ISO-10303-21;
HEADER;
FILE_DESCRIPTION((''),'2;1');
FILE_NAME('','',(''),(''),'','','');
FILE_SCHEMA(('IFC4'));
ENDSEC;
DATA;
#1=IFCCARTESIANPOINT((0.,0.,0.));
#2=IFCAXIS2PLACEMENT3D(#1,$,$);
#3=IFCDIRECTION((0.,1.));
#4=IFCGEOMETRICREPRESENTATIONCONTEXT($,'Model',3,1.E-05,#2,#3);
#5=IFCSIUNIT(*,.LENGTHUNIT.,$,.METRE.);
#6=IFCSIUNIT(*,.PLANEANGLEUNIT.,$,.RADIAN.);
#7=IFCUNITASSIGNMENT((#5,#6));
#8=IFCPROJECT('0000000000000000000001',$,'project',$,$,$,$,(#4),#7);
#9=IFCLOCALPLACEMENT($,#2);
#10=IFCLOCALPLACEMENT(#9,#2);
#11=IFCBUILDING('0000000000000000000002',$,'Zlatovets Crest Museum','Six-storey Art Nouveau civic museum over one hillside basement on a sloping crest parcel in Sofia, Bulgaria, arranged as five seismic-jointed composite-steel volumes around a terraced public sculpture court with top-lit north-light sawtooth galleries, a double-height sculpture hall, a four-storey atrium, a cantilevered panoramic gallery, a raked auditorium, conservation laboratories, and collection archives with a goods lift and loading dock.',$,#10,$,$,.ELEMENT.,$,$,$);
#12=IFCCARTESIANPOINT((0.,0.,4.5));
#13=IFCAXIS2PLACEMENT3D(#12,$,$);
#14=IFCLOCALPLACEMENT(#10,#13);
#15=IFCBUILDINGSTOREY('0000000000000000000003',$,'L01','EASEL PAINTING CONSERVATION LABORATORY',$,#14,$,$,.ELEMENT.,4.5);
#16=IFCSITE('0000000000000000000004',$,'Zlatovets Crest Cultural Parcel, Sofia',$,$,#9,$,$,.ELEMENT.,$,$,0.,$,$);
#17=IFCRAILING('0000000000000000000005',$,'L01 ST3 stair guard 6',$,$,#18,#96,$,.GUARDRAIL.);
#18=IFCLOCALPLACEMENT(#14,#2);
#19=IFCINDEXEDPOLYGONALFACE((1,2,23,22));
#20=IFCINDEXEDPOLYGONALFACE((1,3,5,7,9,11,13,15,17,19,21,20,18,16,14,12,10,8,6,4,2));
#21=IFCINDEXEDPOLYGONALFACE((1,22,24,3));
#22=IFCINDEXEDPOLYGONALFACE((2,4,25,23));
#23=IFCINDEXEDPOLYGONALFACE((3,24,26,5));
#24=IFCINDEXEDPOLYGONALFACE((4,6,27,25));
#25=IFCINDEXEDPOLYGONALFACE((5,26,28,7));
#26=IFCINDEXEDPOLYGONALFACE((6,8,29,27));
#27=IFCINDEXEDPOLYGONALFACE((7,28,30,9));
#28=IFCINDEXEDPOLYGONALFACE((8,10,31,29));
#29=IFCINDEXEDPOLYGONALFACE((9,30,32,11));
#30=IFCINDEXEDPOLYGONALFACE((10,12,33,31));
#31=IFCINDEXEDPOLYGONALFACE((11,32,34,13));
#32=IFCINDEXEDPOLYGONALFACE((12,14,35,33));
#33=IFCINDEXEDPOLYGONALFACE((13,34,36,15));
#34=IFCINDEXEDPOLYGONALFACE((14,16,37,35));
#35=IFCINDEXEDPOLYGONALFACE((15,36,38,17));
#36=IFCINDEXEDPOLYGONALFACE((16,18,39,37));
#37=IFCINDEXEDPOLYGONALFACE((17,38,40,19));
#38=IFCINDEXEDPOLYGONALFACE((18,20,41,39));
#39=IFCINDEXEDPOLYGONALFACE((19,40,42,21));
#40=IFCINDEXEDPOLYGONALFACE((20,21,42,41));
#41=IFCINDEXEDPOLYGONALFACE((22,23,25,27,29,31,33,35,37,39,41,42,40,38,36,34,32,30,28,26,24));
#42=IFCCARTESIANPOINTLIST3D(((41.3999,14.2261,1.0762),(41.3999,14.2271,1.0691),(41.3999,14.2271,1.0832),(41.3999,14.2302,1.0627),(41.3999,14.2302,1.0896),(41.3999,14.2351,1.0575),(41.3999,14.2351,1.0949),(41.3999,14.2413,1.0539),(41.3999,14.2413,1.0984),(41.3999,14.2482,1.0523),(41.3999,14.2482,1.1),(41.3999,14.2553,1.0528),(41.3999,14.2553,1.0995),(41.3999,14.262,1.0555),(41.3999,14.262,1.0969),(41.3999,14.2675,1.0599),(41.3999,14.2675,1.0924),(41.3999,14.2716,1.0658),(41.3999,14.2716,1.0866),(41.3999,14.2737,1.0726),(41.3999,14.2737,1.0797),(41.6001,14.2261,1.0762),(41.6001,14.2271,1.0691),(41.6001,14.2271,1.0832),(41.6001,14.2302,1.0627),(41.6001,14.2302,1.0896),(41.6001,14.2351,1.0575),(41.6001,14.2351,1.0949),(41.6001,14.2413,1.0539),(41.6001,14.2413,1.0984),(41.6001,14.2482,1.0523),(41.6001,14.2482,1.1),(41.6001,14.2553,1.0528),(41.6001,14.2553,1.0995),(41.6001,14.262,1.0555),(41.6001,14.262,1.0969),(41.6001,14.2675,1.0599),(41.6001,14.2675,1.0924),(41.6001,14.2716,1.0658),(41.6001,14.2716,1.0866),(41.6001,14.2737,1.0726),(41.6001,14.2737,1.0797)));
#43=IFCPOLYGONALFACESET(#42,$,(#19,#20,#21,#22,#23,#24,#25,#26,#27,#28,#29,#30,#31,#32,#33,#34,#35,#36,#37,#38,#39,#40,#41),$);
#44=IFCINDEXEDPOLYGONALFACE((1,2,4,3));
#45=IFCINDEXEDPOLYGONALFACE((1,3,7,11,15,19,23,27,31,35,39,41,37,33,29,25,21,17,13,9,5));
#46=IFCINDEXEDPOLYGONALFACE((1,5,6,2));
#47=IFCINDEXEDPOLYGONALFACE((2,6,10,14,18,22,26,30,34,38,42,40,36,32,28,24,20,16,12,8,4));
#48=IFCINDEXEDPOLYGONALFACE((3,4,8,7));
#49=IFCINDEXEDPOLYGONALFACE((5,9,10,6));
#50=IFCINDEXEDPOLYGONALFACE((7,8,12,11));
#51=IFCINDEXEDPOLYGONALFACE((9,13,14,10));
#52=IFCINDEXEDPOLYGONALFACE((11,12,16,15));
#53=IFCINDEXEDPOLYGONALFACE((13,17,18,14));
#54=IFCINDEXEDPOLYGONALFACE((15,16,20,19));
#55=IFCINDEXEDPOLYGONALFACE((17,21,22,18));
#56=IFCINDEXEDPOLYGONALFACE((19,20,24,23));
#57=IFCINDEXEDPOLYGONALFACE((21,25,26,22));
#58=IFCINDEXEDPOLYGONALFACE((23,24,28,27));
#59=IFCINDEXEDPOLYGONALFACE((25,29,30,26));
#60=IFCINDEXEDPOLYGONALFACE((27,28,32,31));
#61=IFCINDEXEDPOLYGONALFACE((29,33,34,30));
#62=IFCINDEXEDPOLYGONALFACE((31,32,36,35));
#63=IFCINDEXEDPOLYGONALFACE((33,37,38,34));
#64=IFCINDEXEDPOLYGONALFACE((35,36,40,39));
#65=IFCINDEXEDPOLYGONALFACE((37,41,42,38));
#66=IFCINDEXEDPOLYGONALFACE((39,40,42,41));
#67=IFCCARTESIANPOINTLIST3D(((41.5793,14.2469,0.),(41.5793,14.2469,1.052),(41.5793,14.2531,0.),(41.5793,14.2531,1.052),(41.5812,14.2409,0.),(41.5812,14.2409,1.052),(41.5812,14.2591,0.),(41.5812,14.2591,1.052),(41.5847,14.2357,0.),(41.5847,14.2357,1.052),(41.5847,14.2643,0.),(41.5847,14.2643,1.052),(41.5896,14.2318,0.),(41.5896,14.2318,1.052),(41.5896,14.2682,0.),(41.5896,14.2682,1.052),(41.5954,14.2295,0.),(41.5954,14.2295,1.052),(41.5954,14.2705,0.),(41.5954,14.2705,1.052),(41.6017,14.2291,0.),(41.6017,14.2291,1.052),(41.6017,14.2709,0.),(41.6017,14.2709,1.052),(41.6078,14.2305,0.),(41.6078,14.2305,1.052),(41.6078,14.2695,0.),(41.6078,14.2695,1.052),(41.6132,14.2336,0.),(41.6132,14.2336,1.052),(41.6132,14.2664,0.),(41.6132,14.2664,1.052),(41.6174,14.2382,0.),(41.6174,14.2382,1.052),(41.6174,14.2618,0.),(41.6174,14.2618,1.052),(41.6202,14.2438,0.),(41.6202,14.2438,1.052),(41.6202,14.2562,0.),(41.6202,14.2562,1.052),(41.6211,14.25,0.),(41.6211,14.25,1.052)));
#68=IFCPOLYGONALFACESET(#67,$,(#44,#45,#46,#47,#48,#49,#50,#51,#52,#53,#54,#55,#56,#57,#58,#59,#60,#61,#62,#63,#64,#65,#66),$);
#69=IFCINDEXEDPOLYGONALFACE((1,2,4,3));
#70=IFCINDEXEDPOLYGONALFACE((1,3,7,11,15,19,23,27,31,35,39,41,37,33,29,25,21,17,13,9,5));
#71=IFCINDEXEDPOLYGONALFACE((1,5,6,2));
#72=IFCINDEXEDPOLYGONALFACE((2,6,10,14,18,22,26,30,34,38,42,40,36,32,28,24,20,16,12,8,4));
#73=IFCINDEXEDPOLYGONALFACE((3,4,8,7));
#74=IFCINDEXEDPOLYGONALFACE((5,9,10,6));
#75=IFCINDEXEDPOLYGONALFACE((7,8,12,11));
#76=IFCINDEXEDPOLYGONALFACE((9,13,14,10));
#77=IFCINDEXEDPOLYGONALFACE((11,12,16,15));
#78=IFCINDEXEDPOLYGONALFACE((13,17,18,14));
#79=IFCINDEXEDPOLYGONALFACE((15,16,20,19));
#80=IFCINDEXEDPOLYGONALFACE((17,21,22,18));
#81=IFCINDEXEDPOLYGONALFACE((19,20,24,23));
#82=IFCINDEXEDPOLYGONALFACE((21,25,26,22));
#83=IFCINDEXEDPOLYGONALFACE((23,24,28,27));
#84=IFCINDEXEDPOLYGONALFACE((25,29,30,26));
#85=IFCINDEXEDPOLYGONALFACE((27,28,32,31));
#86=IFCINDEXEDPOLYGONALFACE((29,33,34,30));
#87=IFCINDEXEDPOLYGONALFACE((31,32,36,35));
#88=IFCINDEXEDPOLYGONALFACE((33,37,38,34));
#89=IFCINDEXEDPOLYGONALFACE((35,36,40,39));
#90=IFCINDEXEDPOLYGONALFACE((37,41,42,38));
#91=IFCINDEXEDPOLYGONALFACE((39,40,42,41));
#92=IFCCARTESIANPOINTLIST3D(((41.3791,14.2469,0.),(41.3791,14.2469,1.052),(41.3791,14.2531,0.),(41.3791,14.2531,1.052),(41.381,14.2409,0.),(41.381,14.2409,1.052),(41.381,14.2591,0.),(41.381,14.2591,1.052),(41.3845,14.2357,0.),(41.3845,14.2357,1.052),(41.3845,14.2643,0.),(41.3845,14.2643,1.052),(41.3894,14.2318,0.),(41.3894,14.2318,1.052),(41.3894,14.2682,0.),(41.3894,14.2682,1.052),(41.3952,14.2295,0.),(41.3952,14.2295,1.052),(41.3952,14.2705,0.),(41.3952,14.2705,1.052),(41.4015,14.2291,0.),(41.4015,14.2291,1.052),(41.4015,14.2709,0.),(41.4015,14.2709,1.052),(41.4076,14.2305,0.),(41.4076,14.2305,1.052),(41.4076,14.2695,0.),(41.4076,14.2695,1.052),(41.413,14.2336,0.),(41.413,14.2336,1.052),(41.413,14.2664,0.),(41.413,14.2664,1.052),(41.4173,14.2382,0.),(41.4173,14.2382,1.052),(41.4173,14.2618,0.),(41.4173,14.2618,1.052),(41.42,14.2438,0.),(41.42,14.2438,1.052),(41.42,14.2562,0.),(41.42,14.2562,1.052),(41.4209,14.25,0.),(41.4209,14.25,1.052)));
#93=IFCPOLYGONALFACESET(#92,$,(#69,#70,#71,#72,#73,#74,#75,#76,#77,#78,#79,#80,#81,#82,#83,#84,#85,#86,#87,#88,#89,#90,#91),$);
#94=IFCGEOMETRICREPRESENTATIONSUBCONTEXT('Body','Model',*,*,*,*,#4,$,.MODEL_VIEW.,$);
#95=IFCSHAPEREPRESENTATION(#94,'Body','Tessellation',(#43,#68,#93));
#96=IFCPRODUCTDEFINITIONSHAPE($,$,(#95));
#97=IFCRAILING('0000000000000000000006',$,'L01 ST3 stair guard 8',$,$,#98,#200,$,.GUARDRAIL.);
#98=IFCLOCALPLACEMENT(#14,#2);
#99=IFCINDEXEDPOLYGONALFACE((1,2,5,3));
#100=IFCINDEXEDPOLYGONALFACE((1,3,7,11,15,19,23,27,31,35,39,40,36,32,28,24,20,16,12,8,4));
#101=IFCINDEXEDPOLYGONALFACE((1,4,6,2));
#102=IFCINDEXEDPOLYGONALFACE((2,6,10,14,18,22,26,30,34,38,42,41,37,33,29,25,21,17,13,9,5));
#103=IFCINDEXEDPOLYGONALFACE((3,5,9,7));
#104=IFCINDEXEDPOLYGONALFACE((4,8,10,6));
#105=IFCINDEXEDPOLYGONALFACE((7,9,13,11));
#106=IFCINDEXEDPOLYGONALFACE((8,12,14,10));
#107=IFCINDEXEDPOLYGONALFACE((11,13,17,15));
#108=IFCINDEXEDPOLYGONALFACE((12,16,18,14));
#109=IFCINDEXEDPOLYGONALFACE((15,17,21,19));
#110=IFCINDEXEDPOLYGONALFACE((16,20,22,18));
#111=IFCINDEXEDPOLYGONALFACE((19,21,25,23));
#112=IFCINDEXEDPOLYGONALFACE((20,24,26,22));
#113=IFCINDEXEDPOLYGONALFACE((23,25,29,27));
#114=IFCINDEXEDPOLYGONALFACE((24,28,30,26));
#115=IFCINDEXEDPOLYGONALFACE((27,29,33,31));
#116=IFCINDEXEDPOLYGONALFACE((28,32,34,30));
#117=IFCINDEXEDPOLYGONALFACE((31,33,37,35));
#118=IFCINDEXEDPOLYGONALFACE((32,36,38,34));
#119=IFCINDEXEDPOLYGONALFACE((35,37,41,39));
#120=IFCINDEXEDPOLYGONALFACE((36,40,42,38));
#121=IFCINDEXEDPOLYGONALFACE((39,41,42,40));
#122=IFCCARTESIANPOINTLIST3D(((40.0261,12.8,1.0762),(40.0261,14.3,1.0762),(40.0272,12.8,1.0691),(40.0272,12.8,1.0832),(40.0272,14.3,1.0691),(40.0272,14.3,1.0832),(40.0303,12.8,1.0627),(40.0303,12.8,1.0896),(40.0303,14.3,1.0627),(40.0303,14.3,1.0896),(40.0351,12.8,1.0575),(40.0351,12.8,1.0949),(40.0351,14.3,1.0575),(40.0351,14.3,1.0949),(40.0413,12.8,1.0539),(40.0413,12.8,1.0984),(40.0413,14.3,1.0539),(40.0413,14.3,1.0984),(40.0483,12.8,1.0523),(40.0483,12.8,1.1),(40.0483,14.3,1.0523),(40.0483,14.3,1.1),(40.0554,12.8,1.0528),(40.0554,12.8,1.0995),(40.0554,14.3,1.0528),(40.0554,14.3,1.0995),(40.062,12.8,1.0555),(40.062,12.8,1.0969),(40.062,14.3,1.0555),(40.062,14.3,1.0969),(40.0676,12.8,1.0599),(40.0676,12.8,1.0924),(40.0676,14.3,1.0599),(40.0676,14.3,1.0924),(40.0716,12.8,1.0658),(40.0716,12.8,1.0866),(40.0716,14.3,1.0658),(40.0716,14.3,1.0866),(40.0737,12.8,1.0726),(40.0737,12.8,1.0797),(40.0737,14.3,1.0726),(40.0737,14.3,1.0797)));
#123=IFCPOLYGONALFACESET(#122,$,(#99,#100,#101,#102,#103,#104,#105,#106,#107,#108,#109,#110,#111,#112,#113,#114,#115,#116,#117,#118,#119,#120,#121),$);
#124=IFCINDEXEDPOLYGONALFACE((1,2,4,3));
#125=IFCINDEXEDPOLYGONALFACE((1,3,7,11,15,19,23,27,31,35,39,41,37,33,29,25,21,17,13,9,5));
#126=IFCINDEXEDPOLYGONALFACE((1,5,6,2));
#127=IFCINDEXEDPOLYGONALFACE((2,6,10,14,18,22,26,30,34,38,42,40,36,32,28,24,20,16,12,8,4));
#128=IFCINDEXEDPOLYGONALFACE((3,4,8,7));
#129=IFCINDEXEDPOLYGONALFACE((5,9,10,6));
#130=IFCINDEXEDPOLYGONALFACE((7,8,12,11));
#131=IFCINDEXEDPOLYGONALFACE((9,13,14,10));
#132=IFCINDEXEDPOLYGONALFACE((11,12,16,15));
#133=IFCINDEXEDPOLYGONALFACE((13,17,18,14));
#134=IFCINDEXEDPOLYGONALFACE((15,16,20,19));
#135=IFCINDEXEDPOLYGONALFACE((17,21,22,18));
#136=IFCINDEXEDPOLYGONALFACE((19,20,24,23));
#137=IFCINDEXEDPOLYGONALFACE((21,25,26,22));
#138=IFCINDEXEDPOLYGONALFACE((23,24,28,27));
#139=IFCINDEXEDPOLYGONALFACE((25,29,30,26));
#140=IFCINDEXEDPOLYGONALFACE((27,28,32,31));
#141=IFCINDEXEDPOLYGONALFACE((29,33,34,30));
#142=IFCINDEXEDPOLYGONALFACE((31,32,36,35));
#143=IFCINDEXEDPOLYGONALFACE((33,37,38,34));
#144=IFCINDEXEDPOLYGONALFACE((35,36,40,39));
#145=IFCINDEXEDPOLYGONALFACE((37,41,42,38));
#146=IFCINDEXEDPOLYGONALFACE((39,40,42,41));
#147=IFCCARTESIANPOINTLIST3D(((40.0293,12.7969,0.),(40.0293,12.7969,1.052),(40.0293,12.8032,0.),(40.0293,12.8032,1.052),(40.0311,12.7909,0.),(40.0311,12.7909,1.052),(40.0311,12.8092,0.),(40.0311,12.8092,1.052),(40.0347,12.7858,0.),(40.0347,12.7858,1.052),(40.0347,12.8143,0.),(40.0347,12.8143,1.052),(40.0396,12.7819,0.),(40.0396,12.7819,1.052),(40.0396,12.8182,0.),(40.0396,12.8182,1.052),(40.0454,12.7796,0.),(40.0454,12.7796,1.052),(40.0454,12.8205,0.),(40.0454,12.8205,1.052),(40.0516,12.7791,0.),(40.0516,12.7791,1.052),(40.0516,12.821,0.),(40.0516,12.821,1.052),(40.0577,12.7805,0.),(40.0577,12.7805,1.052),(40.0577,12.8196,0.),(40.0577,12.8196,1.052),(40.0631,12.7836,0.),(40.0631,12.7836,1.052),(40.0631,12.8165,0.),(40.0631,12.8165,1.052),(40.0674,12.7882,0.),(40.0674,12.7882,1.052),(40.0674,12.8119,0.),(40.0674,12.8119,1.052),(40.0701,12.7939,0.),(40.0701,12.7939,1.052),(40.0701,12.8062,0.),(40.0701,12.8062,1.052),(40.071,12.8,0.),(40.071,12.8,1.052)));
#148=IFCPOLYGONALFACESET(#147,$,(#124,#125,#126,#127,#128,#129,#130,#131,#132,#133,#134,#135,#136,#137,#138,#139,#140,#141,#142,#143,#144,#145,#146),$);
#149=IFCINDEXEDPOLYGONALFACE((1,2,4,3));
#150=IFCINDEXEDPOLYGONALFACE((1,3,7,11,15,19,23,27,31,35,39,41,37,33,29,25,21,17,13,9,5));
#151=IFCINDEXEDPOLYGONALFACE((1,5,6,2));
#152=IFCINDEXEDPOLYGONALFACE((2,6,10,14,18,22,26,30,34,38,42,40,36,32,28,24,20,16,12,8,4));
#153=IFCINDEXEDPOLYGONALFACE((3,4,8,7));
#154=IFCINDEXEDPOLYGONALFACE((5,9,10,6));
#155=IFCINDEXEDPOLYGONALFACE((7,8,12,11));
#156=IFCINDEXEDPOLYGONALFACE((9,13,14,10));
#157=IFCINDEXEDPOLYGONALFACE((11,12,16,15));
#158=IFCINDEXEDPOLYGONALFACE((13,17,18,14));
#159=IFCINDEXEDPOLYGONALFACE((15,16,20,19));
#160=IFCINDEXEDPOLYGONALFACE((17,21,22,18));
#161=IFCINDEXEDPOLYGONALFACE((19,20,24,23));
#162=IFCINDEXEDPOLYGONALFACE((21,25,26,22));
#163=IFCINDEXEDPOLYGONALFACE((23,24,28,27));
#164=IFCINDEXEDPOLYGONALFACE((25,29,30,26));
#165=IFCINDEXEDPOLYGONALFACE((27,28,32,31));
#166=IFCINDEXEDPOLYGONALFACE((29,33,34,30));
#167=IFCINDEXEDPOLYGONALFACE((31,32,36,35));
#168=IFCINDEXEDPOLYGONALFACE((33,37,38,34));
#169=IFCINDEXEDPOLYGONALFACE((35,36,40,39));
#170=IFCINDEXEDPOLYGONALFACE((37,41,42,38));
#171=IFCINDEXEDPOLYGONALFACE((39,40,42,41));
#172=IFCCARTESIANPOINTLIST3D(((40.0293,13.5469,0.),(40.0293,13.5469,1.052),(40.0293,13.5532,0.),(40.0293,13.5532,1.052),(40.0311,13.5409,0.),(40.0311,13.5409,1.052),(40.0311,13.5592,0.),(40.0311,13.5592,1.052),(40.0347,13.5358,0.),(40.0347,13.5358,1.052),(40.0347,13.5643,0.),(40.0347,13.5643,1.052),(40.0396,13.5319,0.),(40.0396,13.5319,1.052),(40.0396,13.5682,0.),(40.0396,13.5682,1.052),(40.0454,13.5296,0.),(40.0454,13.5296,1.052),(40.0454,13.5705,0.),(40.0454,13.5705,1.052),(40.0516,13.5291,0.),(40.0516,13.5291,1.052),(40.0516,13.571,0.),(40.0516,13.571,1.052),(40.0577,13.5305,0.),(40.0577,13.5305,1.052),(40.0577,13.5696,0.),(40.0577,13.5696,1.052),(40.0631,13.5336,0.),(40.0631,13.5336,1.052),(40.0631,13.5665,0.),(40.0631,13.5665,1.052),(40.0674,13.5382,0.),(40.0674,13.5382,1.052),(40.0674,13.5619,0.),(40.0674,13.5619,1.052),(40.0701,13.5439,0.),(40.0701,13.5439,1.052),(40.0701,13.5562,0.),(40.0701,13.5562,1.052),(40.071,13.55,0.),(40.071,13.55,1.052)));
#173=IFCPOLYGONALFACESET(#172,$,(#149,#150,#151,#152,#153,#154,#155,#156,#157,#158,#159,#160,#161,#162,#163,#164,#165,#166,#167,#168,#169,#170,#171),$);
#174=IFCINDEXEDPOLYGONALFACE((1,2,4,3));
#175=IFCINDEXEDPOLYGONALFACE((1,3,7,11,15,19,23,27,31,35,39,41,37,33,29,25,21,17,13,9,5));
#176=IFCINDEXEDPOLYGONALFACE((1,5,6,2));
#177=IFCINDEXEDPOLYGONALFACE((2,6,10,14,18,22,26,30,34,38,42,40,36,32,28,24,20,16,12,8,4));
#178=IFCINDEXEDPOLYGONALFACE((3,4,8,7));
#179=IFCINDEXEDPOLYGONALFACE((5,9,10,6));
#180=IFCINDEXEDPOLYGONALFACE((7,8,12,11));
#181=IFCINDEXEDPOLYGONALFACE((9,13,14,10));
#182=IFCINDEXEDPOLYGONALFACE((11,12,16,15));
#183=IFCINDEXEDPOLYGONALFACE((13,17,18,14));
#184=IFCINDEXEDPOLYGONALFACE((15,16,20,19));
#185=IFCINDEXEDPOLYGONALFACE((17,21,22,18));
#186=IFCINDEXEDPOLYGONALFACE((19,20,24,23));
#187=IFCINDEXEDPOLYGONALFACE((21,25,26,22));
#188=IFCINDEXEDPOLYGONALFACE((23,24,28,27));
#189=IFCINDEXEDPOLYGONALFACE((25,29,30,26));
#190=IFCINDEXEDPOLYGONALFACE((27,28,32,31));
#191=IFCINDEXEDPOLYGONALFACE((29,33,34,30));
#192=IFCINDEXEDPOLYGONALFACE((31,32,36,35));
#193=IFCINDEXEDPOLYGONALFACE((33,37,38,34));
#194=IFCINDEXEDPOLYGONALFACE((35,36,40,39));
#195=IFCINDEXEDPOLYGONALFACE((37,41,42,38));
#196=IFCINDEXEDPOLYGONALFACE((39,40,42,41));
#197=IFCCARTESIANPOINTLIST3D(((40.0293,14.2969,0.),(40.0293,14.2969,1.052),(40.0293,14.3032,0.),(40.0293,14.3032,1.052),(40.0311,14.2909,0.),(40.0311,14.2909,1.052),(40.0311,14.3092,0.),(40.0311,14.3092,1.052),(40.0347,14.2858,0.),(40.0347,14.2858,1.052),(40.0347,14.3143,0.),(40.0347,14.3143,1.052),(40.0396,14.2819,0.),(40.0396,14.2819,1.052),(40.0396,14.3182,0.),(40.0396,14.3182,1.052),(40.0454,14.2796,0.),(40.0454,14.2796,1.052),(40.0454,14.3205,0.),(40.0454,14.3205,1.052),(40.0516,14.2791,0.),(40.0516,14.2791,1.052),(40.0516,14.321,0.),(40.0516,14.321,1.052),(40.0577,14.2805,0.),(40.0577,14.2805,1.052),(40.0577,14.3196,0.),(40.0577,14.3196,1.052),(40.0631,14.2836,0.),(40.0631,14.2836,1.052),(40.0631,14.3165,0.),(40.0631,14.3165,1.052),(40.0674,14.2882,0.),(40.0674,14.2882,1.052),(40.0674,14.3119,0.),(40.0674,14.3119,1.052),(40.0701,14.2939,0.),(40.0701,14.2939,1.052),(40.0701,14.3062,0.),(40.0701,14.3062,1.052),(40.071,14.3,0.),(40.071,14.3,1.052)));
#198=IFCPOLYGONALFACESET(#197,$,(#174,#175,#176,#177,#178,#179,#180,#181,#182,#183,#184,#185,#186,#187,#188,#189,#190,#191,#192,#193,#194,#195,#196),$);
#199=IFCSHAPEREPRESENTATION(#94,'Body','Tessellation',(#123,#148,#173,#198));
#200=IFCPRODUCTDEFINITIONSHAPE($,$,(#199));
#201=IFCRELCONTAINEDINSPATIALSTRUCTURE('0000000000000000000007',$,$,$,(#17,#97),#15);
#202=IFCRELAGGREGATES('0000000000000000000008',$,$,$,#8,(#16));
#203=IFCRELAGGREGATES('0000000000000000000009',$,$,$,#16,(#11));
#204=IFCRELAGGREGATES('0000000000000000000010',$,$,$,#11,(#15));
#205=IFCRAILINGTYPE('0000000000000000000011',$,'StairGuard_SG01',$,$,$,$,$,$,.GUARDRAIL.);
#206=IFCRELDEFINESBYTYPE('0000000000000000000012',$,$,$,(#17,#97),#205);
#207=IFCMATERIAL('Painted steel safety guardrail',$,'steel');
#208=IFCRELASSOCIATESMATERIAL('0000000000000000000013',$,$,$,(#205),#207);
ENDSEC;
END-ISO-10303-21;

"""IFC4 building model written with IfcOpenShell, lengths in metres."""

from ifc_helpers import new_model, si_unit, direction, frame, origin, origin_2d, place, context, subcontext, project, spatial, circle, extrude, material, type_object, element, save


model = new_model("IFC4")

# Units and contexts
model_context = context("Model", 3, precision=1e-05, world=origin(), true_north=direction((0.0, 1.0)))
body_context = subcontext(model_context, "Body", "Model", "MODEL_VIEW")
ifc_project = project(units=[si_unit("LENGTHUNIT", "METRE"), si_unit("PLANEANGLEUNIT", "RADIAN")], contexts=[model_context])

# Site, building, storey
site_placement = place(None, origin())
site = spatial("IfcSite", under=ifc_project, at=site_placement, Name="Zlatovets Crest Cultural Parcel, Sofia", CompositionType="ELEMENT", RefElevation=0.0)
building_placement = place(site_placement, origin())
building = spatial("IfcBuilding", under=site, at=building_placement, Name="Zlatovets Crest Museum", Description="Six-storey Art Nouveau civic museum over one hillside basement on a sloping crest parcel in Sofia, Bulgaria, arranged as five seismic-jointed composite-steel volumes around a terraced public sculpture court with top-lit north-light sawtooth galleries, a double-height sculpture hall, a four-storey atrium, a cantilevered panoramic gallery, a raked auditorium, conservation laboratories, and collection archives with a goods lift and loading dock.", CompositionType="ELEMENT")
storey_placement = place(building_placement, frame((0.0, 0.0, 4.5)))
storey = spatial("IfcBuildingStorey", under=building, at=storey_placement, Name="L01", Description="EASEL PAINTING CONSERVATION LABORATORY", CompositionType="ELEMENT", Elevation=4.5)

# Railings
ifc_material_1 = material(Name="Painted steel safety guardrail", Category="steel")
railing_type = type_object("IfcRailingType", Name="StairGuard_SG01", PredefinedType="GUARDRAIL", material=ifc_material_1)
railing_1_placement = place(storey_placement, frame((41.6001, 14.25, 0.0)))
element("IfcRailing", 1, at=railing_1_placement, inside=storey, type_object=railing_type, Name="L01 ST3 stair guard 6", PredefinedType="GUARDRAIL", context=body_context, shape_type="SweptSolid", body=[
    extrude(circle(Radius=0.0239, at=origin_2d()), frame((0.0, 0.0, 1.0762), z_axis=(-1.0, 0.0, 0.0), x_axis=(0.0, -1.0, 0.0)), (0.0, 0.0, 1.0), 0.2002),
    extrude(circle(Radius=0.021, at=origin_2d()), origin(), (0.0, 0.0, 1.0), 1.052),
    extrude(circle(Radius=0.021, at=origin_2d()), frame((-0.2002, 0.0, 0.0)), (0.0, 0.0, 1.0), 1.052),
])
railing_2_placement = place(storey_placement, frame((40.05, 12.8, 0.0)))
element("IfcRailing", 2, at=railing_2_placement, inside=storey, type_object=railing_type, Name="L01 ST3 stair guard 8", PredefinedType="GUARDRAIL", context=body_context, shape_type="SweptSolid", body=[
    extrude(circle(Radius=0.0239, at=origin_2d()), frame((0.0, 0.0, 1.0762), z_axis=(0.0, 1.0, 0.0), x_axis=(-1.0, 0.0, 0.0)), (0.0, 0.0, 1.0), 1.5),
    extrude(circle(Radius=0.021, at=origin_2d()), origin(), (0.0, 0.0, 1.0), 1.052),
    extrude(circle(Radius=0.021, at=origin_2d()), frame((0.0, 0.75, 0.0)), (0.0, 0.0, 1.0), 1.052),
    extrude(circle(Radius=0.021, at=origin_2d()), frame((0.0, 1.5, 0.0)), (0.0, 0.0, 1.0), 1.052),
])

save(model, "model.ifc")
